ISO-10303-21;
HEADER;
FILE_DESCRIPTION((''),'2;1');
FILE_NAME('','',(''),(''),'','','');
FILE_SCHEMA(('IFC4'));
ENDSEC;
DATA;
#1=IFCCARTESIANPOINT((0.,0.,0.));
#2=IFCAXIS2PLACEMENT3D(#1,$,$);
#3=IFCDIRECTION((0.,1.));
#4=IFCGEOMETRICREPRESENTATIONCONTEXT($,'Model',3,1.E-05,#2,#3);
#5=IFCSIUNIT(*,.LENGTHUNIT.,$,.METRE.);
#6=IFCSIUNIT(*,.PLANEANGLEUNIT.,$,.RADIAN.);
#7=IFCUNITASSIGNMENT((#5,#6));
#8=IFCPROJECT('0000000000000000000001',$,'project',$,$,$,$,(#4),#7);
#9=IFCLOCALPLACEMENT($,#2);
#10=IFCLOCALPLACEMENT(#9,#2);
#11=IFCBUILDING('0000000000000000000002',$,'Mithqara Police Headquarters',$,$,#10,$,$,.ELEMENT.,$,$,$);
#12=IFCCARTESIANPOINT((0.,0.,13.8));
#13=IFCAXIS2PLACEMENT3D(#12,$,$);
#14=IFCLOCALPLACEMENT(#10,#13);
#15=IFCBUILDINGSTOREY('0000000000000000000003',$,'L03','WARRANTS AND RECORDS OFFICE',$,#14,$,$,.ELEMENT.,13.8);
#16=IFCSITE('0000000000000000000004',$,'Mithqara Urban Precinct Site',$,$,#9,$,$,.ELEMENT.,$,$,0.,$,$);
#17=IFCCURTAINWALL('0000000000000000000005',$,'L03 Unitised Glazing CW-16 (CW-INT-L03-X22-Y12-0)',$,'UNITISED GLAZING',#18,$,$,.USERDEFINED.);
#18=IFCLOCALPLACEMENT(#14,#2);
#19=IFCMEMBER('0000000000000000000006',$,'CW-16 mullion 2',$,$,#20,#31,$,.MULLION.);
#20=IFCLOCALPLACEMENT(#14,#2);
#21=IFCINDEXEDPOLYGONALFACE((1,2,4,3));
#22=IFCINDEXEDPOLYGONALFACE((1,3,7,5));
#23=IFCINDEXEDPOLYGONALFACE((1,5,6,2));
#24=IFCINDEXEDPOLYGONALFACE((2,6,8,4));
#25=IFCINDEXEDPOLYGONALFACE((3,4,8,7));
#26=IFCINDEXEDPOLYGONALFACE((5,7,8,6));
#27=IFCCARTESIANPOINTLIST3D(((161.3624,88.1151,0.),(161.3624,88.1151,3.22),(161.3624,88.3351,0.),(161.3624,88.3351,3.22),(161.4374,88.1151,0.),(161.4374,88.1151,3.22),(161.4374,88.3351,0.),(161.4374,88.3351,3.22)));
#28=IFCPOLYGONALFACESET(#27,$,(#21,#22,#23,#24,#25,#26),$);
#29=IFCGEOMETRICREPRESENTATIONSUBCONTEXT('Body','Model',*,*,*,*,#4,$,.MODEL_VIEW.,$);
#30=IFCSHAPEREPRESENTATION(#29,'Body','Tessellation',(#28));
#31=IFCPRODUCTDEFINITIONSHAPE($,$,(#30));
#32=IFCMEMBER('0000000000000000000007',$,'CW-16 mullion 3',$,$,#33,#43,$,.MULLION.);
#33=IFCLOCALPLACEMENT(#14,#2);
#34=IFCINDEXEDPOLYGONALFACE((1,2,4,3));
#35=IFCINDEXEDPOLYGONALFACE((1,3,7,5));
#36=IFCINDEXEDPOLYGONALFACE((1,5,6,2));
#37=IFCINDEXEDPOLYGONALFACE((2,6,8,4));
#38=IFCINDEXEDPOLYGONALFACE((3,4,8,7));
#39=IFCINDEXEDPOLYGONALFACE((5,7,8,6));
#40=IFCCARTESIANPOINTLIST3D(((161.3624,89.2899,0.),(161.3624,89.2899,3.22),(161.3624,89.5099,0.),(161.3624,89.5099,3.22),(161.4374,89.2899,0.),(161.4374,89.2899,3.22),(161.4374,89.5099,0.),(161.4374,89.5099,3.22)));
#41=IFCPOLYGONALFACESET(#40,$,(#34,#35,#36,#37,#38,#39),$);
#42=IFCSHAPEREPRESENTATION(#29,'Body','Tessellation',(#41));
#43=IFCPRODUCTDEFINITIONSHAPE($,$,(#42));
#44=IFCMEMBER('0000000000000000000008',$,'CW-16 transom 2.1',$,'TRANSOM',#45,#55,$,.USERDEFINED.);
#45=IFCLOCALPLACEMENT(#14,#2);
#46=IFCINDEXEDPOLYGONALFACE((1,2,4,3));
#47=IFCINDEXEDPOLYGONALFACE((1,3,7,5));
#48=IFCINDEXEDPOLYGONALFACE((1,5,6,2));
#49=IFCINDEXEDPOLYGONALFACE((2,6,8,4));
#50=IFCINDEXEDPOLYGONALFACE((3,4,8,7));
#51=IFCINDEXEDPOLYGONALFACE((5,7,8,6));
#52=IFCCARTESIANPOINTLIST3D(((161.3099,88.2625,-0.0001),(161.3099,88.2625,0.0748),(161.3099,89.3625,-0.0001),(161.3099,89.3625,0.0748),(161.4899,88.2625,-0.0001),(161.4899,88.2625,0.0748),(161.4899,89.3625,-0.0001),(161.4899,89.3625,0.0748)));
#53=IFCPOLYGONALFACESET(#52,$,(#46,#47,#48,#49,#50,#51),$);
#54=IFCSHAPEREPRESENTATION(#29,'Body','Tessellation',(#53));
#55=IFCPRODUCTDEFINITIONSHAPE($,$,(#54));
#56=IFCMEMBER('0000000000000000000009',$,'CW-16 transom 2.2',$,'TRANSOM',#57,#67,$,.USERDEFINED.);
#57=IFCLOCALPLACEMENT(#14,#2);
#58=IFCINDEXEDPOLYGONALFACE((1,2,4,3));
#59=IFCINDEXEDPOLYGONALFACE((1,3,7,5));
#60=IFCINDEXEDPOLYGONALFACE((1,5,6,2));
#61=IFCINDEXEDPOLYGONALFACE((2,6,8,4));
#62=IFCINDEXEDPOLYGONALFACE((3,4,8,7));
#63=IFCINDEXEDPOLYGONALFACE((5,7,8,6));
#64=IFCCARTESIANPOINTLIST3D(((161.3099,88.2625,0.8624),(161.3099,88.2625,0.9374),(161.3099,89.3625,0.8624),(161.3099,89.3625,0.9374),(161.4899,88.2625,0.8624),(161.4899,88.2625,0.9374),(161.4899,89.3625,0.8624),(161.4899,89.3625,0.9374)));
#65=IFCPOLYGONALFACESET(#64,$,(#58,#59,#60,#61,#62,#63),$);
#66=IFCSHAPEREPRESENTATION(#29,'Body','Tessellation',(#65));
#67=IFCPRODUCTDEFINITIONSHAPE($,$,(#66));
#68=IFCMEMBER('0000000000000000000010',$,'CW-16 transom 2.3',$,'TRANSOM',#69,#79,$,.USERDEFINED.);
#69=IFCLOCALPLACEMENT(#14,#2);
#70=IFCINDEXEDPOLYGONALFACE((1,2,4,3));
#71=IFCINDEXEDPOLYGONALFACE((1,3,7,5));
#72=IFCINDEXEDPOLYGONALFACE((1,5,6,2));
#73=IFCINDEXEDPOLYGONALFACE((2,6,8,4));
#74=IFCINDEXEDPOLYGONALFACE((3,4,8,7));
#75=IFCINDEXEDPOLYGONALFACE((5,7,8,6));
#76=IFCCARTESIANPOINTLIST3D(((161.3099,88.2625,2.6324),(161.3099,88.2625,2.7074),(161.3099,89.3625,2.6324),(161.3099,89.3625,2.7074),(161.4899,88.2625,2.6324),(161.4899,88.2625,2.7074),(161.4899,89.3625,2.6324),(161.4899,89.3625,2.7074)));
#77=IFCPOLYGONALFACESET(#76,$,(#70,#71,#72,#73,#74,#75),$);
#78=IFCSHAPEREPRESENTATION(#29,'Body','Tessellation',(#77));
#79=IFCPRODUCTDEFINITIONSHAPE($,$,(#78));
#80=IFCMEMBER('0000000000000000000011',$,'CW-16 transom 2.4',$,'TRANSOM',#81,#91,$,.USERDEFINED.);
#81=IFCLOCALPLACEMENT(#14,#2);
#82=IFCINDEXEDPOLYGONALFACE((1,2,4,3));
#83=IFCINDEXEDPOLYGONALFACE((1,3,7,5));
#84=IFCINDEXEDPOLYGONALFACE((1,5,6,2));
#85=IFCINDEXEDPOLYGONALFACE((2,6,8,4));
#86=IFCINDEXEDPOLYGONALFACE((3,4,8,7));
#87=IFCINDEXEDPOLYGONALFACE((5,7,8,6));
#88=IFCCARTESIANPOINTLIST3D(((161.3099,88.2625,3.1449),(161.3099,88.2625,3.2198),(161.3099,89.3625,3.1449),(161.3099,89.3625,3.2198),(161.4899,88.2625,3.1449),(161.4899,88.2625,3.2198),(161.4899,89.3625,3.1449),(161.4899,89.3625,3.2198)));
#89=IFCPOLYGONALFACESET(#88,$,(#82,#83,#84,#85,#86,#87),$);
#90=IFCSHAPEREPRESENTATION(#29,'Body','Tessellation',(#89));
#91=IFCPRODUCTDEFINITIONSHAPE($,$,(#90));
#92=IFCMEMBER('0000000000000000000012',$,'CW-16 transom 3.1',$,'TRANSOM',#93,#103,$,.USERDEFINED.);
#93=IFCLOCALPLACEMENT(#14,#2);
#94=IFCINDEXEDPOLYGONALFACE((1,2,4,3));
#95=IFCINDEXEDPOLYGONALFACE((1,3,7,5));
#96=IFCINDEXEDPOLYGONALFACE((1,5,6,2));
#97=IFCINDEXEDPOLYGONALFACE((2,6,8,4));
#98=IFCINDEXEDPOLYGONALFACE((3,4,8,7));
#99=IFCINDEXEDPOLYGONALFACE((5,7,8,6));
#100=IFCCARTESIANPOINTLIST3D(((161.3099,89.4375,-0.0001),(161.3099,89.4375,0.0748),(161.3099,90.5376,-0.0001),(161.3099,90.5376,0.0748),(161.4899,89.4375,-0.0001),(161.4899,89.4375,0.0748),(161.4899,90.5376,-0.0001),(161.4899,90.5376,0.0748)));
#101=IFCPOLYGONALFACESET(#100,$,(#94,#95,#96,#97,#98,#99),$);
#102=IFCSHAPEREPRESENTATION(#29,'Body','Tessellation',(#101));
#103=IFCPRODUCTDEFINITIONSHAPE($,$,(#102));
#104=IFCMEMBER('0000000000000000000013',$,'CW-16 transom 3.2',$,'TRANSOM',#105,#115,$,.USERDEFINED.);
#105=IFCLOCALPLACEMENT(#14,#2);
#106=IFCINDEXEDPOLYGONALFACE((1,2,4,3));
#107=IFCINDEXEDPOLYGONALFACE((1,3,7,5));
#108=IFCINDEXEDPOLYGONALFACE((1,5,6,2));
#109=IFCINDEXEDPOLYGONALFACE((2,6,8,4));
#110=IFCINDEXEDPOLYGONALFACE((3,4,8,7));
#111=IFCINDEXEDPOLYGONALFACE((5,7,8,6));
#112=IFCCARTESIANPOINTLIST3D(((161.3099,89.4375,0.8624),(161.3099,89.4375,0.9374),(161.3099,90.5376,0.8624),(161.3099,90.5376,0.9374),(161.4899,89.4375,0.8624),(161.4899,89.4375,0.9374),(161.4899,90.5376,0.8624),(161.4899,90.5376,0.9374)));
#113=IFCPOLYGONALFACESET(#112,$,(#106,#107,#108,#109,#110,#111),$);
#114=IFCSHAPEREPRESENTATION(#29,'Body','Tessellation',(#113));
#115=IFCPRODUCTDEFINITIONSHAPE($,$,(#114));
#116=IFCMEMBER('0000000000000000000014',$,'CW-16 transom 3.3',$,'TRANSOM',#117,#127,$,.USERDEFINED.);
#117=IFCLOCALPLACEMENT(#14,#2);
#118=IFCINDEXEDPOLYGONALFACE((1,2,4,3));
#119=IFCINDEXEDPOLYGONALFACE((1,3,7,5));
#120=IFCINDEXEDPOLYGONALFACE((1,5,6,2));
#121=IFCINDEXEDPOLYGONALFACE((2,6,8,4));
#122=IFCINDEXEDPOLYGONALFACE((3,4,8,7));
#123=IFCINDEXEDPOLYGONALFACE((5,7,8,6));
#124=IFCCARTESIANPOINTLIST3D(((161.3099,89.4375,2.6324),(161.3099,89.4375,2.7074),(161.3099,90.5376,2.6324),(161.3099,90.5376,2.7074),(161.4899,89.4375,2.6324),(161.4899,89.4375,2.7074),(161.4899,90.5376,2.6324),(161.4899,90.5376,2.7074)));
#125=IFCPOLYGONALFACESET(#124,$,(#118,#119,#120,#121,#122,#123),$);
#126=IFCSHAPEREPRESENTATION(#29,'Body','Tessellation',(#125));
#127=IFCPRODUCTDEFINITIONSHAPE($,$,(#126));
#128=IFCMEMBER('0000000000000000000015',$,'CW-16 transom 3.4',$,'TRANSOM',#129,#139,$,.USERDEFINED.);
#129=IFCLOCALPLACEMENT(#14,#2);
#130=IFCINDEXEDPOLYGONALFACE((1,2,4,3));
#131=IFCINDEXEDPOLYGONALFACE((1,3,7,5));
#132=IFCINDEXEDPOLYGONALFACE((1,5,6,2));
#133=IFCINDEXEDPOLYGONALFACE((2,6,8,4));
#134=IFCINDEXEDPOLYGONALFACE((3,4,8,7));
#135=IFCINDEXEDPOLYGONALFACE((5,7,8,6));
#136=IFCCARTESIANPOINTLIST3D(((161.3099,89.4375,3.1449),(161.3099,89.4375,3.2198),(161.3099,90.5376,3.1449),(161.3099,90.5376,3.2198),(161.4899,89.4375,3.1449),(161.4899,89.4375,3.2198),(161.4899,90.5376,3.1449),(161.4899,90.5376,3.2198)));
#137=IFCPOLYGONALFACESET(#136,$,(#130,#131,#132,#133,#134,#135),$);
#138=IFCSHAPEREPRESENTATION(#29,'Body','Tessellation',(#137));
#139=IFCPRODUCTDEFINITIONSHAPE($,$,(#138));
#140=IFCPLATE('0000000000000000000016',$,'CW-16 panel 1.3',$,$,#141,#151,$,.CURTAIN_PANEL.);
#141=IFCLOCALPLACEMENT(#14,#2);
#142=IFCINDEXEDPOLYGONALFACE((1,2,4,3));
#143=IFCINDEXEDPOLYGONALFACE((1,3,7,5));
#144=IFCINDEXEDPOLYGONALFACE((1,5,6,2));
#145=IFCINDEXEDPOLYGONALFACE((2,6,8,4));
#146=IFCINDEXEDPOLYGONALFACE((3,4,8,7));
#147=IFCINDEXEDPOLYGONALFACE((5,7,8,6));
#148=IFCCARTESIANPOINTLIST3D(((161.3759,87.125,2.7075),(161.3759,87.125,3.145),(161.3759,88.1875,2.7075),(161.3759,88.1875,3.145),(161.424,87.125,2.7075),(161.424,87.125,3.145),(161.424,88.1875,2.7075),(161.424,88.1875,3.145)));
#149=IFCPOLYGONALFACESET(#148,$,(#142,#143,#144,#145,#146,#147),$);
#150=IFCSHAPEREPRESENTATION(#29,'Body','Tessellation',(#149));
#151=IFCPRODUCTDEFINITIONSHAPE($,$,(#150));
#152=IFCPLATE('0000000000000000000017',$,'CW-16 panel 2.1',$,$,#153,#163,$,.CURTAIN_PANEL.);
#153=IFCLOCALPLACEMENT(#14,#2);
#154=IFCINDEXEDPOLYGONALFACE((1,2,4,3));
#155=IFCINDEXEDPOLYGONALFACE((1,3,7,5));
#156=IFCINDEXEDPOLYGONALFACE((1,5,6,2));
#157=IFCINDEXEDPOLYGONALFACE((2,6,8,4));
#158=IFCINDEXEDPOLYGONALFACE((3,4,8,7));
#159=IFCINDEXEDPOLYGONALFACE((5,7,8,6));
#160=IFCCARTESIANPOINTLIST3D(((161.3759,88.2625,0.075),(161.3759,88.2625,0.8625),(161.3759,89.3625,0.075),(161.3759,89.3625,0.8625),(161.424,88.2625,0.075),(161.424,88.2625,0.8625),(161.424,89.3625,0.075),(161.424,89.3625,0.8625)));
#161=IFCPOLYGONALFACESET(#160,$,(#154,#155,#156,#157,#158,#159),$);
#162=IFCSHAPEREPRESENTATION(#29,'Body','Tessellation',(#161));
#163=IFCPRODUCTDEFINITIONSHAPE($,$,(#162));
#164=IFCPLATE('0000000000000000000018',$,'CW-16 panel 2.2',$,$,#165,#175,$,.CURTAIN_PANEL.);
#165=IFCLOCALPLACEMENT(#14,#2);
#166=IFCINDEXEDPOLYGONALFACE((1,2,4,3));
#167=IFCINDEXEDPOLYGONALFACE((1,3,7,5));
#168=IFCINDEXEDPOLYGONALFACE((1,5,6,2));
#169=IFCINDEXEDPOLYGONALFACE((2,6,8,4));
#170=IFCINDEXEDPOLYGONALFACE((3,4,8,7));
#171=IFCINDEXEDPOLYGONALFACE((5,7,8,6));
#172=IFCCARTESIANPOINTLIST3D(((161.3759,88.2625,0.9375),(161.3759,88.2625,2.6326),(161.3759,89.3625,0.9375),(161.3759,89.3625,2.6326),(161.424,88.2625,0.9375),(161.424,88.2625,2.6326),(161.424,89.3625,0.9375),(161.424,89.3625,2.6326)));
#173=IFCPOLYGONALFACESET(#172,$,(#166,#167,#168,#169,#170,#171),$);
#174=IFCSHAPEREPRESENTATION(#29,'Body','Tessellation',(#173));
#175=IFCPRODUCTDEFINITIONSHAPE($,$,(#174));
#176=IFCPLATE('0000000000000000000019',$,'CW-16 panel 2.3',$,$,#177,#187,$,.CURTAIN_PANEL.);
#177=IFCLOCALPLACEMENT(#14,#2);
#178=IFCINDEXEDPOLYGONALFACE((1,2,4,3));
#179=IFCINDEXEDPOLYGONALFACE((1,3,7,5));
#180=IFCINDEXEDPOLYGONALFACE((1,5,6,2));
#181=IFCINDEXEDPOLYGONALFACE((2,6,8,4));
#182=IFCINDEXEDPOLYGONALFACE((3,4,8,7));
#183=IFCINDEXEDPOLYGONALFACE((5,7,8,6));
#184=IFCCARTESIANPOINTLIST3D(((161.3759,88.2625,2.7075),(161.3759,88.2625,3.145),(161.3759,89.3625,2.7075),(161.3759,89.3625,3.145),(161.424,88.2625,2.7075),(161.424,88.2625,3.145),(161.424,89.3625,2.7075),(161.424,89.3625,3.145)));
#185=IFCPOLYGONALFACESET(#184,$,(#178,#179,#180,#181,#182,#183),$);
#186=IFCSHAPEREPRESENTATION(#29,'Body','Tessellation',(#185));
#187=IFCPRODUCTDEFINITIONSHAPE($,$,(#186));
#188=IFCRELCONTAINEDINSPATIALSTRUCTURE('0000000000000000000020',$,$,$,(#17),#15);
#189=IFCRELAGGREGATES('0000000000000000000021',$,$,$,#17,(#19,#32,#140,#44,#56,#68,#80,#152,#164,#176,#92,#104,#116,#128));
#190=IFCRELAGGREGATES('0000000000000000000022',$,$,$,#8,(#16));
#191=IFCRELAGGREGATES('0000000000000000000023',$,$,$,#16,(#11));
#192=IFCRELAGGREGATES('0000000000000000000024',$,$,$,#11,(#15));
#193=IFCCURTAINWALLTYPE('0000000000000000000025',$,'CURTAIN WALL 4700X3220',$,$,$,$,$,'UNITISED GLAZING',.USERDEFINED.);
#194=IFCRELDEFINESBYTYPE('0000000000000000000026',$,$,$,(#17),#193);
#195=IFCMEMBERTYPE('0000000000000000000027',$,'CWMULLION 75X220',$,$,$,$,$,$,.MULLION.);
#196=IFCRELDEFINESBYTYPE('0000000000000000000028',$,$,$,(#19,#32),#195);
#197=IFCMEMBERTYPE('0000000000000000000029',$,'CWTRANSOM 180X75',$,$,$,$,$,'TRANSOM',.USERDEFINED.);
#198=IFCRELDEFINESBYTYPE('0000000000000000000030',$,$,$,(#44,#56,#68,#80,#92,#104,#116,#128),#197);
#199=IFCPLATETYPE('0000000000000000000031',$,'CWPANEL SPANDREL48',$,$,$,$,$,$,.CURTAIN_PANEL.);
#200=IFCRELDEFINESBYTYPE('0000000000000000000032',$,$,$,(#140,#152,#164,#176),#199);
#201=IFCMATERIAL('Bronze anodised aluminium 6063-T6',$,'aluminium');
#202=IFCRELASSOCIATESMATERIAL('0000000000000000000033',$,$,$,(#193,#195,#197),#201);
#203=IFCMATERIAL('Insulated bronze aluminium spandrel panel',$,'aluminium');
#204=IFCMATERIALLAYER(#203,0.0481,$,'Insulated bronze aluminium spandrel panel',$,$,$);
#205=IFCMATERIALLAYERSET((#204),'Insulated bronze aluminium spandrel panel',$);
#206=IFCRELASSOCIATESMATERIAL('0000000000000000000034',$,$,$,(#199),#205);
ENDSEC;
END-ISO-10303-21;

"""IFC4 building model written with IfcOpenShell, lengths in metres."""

from ifc_helpers import new_model, si_unit, direction, frame, origin, origin_2d, place, context, subcontext, project, spatial, rectangle, extrude, material, layer, layer_set, material_profile, profile_set, type_object, element, aggregate, save


model = new_model("IFC4")

# Units and contexts
model_context = context("Model", 3, precision=1e-05, world=origin(), true_north=direction((0.0, 1.0)))
body_context = subcontext(model_context, "Body", "Model", "MODEL_VIEW")
ifc_project = project(units=[si_unit("LENGTHUNIT", "METRE"), si_unit("PLANEANGLEUNIT", "RADIAN")], contexts=[model_context])

# Site, building, storey
site_placement = place(None, origin())
site = spatial("IfcSite", under=ifc_project, at=site_placement, Name="Mithqara Urban Precinct Site", CompositionType="ELEMENT", RefElevation=0.0)
building_placement = place(site_placement, origin())
building = spatial("IfcBuilding", under=site, at=building_placement, Name="Mithqara Police Headquarters", CompositionType="ELEMENT")
storey_placement = place(building_placement, frame((0.0, 0.0, 13.8)))
storey = spatial("IfcBuildingStorey", under=building, at=storey_placement, Name="L03", Description="WARRANTS AND RECORDS OFFICE", CompositionType="ELEMENT", Elevation=13.8)

# Curtain wall, members, plates
ifc_material_1 = material(Name="Bronze anodised aluminium 6063-T6", Category="aluminium")
curtain_wall_type = type_object("IfcCurtainWallType", Name="CURTAIN WALL 4700X3220", ElementType="UNITISED GLAZING", PredefinedType="USERDEFINED", material=ifc_material_1)
curtain_wall_placement = place(storey_placement, origin())
curtain_wall = element("IfcCurtainWall", 1, at=curtain_wall_placement, inside=storey, type_object=curtain_wall_type, Name="L03 Unitised Glazing CW-16 (CW-INT-L03-X22-Y12-0)", ObjectType="UNITISED GLAZING", PredefinedType="USERDEFINED")
ifc_material_profile_1 = material_profile(ifc_material_1, rectangle(XDim=0.075, YDim=0.22, at=origin_2d()), Name="CWM 75x220")
ifc_profile_set_1 = profile_set([ifc_material_profile_1], Name="Bronze anodised aluminium 6063-T6")
member_type_1 = type_object("IfcMemberType", Name="CWMULLION 75X220", PredefinedType="MULLION", material=ifc_profile_set_1)
member_1_placement = place(storey_placement, frame((161.3999, 88.2251, 0.0), z_axis=(0.0, 0.0, 1.0), x_axis=(-1.0, 0.0, 0.0)))
member_1 = element("IfcMember", 2, at=member_1_placement, type_object=member_type_1, Name="CW-16 mullion 2", PredefinedType="MULLION", context=body_context, shape_type="SweptSolid", body=[
    extrude(rectangle(XDim=0.075, YDim=0.22, at=origin_2d()), origin(), (0.0, 0.0, 1.0), 3.22),
])
member_2_placement = place(storey_placement, frame((161.3999, 89.3999, 0.0), z_axis=(0.0, 0.0, 1.0), x_axis=(-1.0, 0.0, 0.0)))
member_2 = element("IfcMember", 3, at=member_2_placement, type_object=member_type_1, Name="CW-16 mullion 3", PredefinedType="MULLION", context=body_context, shape_type="SweptSolid", body=[
    extrude(rectangle(XDim=0.075, YDim=0.22, at=origin_2d()), origin(), (0.0, 0.0, 1.0), 3.22),
])
ifc_material_profile_2 = material_profile(ifc_material_1, rectangle(XDim=0.1799, YDim=0.075, at=origin_2d()), Name="CWT 180x75")
ifc_profile_set_2 = profile_set([ifc_material_profile_2], Name="Bronze anodised aluminium 6063-T6")
member_type_2 = type_object("IfcMemberType", Name="CWTRANSOM 180X75", ElementType="TRANSOM", PredefinedType="USERDEFINED", material=ifc_profile_set_2)
member_3_placement = place(storey_placement, frame((161.3999, 88.2625, 0.0374), z_axis=(0.0, 1.0, 0.0), x_axis=(-1.0, 0.0, 0.0)))
member_3 = element("IfcMember", 4, at=member_3_placement, type_object=member_type_2, Name="CW-16 transom 2.1", ObjectType="TRANSOM", PredefinedType="USERDEFINED", context=body_context, shape_type="SweptSolid", body=[
    extrude(rectangle(XDim=0.1799, YDim=0.075, at=origin_2d()), origin(), (0.0, 0.0, 1.0), 1.1001),
])
member_4_placement = place(storey_placement, frame((161.3999, 88.2625, 0.8999), z_axis=(0.0, 1.0, 0.0), x_axis=(-1.0, 0.0, 0.0)))
member_4 = element("IfcMember", 5, at=member_4_placement, type_object=member_type_2, Name="CW-16 transom 2.2", ObjectType="TRANSOM", PredefinedType="USERDEFINED", context=body_context, shape_type="SweptSolid", body=[
    extrude(rectangle(XDim=0.1799, YDim=0.075, at=origin_2d()), origin(), (0.0, 0.0, 1.0), 1.1001),
])
member_5_placement = place(storey_placement, frame((161.3999, 88.2625, 2.6699), z_axis=(0.0, 1.0, 0.0), x_axis=(-1.0, 0.0, 0.0)))
member_5 = element("IfcMember", 6, at=member_5_placement, type_object=member_type_2, Name="CW-16 transom 2.3", ObjectType="TRANSOM", PredefinedType="USERDEFINED", context=body_context, shape_type="SweptSolid", body=[
    extrude(rectangle(XDim=0.1799, YDim=0.075, at=origin_2d()), origin(), (0.0, 0.0, 1.0), 1.1001),
])
member_6_placement = place(storey_placement, frame((161.3999, 88.2625, 3.1824), z_axis=(0.0, 1.0, 0.0), x_axis=(-1.0, 0.0, 0.0)))
member_6 = element("IfcMember", 7, at=member_6_placement, type_object=member_type_2, Name="CW-16 transom 2.4", ObjectType="TRANSOM", PredefinedType="USERDEFINED", context=body_context, shape_type="SweptSolid", body=[
    extrude(rectangle(XDim=0.1799, YDim=0.075, at=origin_2d()), origin(), (0.0, 0.0, 1.0), 1.1001),
])
member_7_placement = place(storey_placement, frame((161.3999, 89.4375, 0.0374), z_axis=(0.0, 1.0, 0.0), x_axis=(-1.0, 0.0, 0.0)))
member_7 = element("IfcMember", 8, at=member_7_placement, type_object=member_type_2, Name="CW-16 transom 3.1", ObjectType="TRANSOM", PredefinedType="USERDEFINED", context=body_context, shape_type="SweptSolid", body=[
    extrude(rectangle(XDim=0.1799, YDim=0.075, at=origin_2d()), origin(), (0.0, 0.0, 1.0), 1.1001),
])
member_8_placement = place(storey_placement, frame((161.3999, 89.4375, 0.8999), z_axis=(0.0, 1.0, 0.0), x_axis=(-1.0, 0.0, 0.0)))
member_8 = element("IfcMember", 9, at=member_8_placement, type_object=member_type_2, Name="CW-16 transom 3.2", ObjectType="TRANSOM", PredefinedType="USERDEFINED", context=body_context, shape_type="SweptSolid", body=[
    extrude(rectangle(XDim=0.1799, YDim=0.075, at=origin_2d()), origin(), (0.0, 0.0, 1.0), 1.1001),
])
member_9_placement = place(storey_placement, frame((161.3999, 89.4375, 2.6699), z_axis=(0.0, 1.0, 0.0), x_axis=(-1.0, 0.0, 0.0)))
member_9 = element("IfcMember", 10, at=member_9_placement, type_object=member_type_2, Name="CW-16 transom 3.3", ObjectType="TRANSOM", PredefinedType="USERDEFINED", context=body_context, shape_type="SweptSolid", body=[
    extrude(rectangle(XDim=0.1799, YDim=0.075, at=origin_2d()), origin(), (0.0, 0.0, 1.0), 1.1001),
])
member_10_placement = place(storey_placement, frame((161.3999, 89.4375, 3.1824), z_axis=(0.0, 1.0, 0.0), x_axis=(-1.0, 0.0, 0.0)))
member_10 = element("IfcMember", 11, at=member_10_placement, type_object=member_type_2, Name="CW-16 transom 3.4", ObjectType="TRANSOM", PredefinedType="USERDEFINED", context=body_context, shape_type="SweptSolid", body=[
    extrude(rectangle(XDim=0.1799, YDim=0.075, at=origin_2d()), origin(), (0.0, 0.0, 1.0), 1.1001),
])
ifc_material_2 = material(Name="Insulated bronze aluminium spandrel panel", Category="aluminium")
ifc_layer = layer(ifc_material_2, 0.0481, Name="Insulated bronze aluminium spandrel panel")
ifc_layer_set = layer_set([ifc_layer], Name="Insulated bronze aluminium spandrel panel")
plate_type = type_object("IfcPlateType", Name="CWPANEL SPANDREL48", PredefinedType="CURTAIN_PANEL", material=ifc_layer_set)
plate_1_placement = place(storey_placement, frame((161.3999, 87.6562, 2.7075), z_axis=(0.0, 0.0, 1.0), x_axis=(0.0, 1.0, 0.0)))
plate_1 = element("IfcPlate", 12, at=plate_1_placement, type_object=plate_type, Name="CW-16 panel 1.3", PredefinedType="CURTAIN_PANEL", context=body_context, shape_type="SweptSolid", body=[
    extrude(rectangle(XDim=1.0625, YDim=0.0481, at=origin_2d()), origin(), (0.0, 0.0, 1.0), 0.4375),
])
plate_2_placement = place(storey_placement, frame((161.3999, 88.8125, 0.075), z_axis=(0.0, 0.0, 1.0), x_axis=(0.0, 1.0, 0.0)))
plate_2 = element("IfcPlate", 13, at=plate_2_placement, type_object=plate_type, Name="CW-16 panel 2.1", PredefinedType="CURTAIN_PANEL", context=body_context, shape_type="SweptSolid", body=[
    extrude(rectangle(XDim=1.1001, YDim=0.0481, at=origin_2d()), origin(), (0.0, 0.0, 1.0), 0.7876),
])
plate_3_placement = place(storey_placement, frame((161.3999, 88.8125, 0.9375), z_axis=(0.0, 0.0, 1.0), x_axis=(0.0, 1.0, 0.0)))
plate_3 = element("IfcPlate", 14, at=plate_3_placement, type_object=plate_type, Name="CW-16 panel 2.2", PredefinedType="CURTAIN_PANEL", context=body_context, shape_type="SweptSolid", body=[
    extrude(rectangle(XDim=1.1001, YDim=0.0481, at=origin_2d()), origin(), (0.0, 0.0, 1.0), 1.6951),
])
plate_4_placement = place(storey_placement, frame((161.3999, 88.8125, 2.7075), z_axis=(0.0, 0.0, 1.0), x_axis=(0.0, 1.0, 0.0)))
plate_4 = element("IfcPlate", 15, at=plate_4_placement, type_object=plate_type, Name="CW-16 panel 2.3", PredefinedType="CURTAIN_PANEL", context=body_context, shape_type="SweptSolid", body=[
    extrude(rectangle(XDim=1.1001, YDim=0.0481, at=origin_2d()), origin(), (0.0, 0.0, 1.0), 0.4375),
])
aggregate(curtain_wall, [member_1, member_2, plate_1, member_3, member_4, member_5, member_6, plate_2, plate_3, plate_4, member_7, member_8, member_9, member_10])

save(model, "model.ifc")
